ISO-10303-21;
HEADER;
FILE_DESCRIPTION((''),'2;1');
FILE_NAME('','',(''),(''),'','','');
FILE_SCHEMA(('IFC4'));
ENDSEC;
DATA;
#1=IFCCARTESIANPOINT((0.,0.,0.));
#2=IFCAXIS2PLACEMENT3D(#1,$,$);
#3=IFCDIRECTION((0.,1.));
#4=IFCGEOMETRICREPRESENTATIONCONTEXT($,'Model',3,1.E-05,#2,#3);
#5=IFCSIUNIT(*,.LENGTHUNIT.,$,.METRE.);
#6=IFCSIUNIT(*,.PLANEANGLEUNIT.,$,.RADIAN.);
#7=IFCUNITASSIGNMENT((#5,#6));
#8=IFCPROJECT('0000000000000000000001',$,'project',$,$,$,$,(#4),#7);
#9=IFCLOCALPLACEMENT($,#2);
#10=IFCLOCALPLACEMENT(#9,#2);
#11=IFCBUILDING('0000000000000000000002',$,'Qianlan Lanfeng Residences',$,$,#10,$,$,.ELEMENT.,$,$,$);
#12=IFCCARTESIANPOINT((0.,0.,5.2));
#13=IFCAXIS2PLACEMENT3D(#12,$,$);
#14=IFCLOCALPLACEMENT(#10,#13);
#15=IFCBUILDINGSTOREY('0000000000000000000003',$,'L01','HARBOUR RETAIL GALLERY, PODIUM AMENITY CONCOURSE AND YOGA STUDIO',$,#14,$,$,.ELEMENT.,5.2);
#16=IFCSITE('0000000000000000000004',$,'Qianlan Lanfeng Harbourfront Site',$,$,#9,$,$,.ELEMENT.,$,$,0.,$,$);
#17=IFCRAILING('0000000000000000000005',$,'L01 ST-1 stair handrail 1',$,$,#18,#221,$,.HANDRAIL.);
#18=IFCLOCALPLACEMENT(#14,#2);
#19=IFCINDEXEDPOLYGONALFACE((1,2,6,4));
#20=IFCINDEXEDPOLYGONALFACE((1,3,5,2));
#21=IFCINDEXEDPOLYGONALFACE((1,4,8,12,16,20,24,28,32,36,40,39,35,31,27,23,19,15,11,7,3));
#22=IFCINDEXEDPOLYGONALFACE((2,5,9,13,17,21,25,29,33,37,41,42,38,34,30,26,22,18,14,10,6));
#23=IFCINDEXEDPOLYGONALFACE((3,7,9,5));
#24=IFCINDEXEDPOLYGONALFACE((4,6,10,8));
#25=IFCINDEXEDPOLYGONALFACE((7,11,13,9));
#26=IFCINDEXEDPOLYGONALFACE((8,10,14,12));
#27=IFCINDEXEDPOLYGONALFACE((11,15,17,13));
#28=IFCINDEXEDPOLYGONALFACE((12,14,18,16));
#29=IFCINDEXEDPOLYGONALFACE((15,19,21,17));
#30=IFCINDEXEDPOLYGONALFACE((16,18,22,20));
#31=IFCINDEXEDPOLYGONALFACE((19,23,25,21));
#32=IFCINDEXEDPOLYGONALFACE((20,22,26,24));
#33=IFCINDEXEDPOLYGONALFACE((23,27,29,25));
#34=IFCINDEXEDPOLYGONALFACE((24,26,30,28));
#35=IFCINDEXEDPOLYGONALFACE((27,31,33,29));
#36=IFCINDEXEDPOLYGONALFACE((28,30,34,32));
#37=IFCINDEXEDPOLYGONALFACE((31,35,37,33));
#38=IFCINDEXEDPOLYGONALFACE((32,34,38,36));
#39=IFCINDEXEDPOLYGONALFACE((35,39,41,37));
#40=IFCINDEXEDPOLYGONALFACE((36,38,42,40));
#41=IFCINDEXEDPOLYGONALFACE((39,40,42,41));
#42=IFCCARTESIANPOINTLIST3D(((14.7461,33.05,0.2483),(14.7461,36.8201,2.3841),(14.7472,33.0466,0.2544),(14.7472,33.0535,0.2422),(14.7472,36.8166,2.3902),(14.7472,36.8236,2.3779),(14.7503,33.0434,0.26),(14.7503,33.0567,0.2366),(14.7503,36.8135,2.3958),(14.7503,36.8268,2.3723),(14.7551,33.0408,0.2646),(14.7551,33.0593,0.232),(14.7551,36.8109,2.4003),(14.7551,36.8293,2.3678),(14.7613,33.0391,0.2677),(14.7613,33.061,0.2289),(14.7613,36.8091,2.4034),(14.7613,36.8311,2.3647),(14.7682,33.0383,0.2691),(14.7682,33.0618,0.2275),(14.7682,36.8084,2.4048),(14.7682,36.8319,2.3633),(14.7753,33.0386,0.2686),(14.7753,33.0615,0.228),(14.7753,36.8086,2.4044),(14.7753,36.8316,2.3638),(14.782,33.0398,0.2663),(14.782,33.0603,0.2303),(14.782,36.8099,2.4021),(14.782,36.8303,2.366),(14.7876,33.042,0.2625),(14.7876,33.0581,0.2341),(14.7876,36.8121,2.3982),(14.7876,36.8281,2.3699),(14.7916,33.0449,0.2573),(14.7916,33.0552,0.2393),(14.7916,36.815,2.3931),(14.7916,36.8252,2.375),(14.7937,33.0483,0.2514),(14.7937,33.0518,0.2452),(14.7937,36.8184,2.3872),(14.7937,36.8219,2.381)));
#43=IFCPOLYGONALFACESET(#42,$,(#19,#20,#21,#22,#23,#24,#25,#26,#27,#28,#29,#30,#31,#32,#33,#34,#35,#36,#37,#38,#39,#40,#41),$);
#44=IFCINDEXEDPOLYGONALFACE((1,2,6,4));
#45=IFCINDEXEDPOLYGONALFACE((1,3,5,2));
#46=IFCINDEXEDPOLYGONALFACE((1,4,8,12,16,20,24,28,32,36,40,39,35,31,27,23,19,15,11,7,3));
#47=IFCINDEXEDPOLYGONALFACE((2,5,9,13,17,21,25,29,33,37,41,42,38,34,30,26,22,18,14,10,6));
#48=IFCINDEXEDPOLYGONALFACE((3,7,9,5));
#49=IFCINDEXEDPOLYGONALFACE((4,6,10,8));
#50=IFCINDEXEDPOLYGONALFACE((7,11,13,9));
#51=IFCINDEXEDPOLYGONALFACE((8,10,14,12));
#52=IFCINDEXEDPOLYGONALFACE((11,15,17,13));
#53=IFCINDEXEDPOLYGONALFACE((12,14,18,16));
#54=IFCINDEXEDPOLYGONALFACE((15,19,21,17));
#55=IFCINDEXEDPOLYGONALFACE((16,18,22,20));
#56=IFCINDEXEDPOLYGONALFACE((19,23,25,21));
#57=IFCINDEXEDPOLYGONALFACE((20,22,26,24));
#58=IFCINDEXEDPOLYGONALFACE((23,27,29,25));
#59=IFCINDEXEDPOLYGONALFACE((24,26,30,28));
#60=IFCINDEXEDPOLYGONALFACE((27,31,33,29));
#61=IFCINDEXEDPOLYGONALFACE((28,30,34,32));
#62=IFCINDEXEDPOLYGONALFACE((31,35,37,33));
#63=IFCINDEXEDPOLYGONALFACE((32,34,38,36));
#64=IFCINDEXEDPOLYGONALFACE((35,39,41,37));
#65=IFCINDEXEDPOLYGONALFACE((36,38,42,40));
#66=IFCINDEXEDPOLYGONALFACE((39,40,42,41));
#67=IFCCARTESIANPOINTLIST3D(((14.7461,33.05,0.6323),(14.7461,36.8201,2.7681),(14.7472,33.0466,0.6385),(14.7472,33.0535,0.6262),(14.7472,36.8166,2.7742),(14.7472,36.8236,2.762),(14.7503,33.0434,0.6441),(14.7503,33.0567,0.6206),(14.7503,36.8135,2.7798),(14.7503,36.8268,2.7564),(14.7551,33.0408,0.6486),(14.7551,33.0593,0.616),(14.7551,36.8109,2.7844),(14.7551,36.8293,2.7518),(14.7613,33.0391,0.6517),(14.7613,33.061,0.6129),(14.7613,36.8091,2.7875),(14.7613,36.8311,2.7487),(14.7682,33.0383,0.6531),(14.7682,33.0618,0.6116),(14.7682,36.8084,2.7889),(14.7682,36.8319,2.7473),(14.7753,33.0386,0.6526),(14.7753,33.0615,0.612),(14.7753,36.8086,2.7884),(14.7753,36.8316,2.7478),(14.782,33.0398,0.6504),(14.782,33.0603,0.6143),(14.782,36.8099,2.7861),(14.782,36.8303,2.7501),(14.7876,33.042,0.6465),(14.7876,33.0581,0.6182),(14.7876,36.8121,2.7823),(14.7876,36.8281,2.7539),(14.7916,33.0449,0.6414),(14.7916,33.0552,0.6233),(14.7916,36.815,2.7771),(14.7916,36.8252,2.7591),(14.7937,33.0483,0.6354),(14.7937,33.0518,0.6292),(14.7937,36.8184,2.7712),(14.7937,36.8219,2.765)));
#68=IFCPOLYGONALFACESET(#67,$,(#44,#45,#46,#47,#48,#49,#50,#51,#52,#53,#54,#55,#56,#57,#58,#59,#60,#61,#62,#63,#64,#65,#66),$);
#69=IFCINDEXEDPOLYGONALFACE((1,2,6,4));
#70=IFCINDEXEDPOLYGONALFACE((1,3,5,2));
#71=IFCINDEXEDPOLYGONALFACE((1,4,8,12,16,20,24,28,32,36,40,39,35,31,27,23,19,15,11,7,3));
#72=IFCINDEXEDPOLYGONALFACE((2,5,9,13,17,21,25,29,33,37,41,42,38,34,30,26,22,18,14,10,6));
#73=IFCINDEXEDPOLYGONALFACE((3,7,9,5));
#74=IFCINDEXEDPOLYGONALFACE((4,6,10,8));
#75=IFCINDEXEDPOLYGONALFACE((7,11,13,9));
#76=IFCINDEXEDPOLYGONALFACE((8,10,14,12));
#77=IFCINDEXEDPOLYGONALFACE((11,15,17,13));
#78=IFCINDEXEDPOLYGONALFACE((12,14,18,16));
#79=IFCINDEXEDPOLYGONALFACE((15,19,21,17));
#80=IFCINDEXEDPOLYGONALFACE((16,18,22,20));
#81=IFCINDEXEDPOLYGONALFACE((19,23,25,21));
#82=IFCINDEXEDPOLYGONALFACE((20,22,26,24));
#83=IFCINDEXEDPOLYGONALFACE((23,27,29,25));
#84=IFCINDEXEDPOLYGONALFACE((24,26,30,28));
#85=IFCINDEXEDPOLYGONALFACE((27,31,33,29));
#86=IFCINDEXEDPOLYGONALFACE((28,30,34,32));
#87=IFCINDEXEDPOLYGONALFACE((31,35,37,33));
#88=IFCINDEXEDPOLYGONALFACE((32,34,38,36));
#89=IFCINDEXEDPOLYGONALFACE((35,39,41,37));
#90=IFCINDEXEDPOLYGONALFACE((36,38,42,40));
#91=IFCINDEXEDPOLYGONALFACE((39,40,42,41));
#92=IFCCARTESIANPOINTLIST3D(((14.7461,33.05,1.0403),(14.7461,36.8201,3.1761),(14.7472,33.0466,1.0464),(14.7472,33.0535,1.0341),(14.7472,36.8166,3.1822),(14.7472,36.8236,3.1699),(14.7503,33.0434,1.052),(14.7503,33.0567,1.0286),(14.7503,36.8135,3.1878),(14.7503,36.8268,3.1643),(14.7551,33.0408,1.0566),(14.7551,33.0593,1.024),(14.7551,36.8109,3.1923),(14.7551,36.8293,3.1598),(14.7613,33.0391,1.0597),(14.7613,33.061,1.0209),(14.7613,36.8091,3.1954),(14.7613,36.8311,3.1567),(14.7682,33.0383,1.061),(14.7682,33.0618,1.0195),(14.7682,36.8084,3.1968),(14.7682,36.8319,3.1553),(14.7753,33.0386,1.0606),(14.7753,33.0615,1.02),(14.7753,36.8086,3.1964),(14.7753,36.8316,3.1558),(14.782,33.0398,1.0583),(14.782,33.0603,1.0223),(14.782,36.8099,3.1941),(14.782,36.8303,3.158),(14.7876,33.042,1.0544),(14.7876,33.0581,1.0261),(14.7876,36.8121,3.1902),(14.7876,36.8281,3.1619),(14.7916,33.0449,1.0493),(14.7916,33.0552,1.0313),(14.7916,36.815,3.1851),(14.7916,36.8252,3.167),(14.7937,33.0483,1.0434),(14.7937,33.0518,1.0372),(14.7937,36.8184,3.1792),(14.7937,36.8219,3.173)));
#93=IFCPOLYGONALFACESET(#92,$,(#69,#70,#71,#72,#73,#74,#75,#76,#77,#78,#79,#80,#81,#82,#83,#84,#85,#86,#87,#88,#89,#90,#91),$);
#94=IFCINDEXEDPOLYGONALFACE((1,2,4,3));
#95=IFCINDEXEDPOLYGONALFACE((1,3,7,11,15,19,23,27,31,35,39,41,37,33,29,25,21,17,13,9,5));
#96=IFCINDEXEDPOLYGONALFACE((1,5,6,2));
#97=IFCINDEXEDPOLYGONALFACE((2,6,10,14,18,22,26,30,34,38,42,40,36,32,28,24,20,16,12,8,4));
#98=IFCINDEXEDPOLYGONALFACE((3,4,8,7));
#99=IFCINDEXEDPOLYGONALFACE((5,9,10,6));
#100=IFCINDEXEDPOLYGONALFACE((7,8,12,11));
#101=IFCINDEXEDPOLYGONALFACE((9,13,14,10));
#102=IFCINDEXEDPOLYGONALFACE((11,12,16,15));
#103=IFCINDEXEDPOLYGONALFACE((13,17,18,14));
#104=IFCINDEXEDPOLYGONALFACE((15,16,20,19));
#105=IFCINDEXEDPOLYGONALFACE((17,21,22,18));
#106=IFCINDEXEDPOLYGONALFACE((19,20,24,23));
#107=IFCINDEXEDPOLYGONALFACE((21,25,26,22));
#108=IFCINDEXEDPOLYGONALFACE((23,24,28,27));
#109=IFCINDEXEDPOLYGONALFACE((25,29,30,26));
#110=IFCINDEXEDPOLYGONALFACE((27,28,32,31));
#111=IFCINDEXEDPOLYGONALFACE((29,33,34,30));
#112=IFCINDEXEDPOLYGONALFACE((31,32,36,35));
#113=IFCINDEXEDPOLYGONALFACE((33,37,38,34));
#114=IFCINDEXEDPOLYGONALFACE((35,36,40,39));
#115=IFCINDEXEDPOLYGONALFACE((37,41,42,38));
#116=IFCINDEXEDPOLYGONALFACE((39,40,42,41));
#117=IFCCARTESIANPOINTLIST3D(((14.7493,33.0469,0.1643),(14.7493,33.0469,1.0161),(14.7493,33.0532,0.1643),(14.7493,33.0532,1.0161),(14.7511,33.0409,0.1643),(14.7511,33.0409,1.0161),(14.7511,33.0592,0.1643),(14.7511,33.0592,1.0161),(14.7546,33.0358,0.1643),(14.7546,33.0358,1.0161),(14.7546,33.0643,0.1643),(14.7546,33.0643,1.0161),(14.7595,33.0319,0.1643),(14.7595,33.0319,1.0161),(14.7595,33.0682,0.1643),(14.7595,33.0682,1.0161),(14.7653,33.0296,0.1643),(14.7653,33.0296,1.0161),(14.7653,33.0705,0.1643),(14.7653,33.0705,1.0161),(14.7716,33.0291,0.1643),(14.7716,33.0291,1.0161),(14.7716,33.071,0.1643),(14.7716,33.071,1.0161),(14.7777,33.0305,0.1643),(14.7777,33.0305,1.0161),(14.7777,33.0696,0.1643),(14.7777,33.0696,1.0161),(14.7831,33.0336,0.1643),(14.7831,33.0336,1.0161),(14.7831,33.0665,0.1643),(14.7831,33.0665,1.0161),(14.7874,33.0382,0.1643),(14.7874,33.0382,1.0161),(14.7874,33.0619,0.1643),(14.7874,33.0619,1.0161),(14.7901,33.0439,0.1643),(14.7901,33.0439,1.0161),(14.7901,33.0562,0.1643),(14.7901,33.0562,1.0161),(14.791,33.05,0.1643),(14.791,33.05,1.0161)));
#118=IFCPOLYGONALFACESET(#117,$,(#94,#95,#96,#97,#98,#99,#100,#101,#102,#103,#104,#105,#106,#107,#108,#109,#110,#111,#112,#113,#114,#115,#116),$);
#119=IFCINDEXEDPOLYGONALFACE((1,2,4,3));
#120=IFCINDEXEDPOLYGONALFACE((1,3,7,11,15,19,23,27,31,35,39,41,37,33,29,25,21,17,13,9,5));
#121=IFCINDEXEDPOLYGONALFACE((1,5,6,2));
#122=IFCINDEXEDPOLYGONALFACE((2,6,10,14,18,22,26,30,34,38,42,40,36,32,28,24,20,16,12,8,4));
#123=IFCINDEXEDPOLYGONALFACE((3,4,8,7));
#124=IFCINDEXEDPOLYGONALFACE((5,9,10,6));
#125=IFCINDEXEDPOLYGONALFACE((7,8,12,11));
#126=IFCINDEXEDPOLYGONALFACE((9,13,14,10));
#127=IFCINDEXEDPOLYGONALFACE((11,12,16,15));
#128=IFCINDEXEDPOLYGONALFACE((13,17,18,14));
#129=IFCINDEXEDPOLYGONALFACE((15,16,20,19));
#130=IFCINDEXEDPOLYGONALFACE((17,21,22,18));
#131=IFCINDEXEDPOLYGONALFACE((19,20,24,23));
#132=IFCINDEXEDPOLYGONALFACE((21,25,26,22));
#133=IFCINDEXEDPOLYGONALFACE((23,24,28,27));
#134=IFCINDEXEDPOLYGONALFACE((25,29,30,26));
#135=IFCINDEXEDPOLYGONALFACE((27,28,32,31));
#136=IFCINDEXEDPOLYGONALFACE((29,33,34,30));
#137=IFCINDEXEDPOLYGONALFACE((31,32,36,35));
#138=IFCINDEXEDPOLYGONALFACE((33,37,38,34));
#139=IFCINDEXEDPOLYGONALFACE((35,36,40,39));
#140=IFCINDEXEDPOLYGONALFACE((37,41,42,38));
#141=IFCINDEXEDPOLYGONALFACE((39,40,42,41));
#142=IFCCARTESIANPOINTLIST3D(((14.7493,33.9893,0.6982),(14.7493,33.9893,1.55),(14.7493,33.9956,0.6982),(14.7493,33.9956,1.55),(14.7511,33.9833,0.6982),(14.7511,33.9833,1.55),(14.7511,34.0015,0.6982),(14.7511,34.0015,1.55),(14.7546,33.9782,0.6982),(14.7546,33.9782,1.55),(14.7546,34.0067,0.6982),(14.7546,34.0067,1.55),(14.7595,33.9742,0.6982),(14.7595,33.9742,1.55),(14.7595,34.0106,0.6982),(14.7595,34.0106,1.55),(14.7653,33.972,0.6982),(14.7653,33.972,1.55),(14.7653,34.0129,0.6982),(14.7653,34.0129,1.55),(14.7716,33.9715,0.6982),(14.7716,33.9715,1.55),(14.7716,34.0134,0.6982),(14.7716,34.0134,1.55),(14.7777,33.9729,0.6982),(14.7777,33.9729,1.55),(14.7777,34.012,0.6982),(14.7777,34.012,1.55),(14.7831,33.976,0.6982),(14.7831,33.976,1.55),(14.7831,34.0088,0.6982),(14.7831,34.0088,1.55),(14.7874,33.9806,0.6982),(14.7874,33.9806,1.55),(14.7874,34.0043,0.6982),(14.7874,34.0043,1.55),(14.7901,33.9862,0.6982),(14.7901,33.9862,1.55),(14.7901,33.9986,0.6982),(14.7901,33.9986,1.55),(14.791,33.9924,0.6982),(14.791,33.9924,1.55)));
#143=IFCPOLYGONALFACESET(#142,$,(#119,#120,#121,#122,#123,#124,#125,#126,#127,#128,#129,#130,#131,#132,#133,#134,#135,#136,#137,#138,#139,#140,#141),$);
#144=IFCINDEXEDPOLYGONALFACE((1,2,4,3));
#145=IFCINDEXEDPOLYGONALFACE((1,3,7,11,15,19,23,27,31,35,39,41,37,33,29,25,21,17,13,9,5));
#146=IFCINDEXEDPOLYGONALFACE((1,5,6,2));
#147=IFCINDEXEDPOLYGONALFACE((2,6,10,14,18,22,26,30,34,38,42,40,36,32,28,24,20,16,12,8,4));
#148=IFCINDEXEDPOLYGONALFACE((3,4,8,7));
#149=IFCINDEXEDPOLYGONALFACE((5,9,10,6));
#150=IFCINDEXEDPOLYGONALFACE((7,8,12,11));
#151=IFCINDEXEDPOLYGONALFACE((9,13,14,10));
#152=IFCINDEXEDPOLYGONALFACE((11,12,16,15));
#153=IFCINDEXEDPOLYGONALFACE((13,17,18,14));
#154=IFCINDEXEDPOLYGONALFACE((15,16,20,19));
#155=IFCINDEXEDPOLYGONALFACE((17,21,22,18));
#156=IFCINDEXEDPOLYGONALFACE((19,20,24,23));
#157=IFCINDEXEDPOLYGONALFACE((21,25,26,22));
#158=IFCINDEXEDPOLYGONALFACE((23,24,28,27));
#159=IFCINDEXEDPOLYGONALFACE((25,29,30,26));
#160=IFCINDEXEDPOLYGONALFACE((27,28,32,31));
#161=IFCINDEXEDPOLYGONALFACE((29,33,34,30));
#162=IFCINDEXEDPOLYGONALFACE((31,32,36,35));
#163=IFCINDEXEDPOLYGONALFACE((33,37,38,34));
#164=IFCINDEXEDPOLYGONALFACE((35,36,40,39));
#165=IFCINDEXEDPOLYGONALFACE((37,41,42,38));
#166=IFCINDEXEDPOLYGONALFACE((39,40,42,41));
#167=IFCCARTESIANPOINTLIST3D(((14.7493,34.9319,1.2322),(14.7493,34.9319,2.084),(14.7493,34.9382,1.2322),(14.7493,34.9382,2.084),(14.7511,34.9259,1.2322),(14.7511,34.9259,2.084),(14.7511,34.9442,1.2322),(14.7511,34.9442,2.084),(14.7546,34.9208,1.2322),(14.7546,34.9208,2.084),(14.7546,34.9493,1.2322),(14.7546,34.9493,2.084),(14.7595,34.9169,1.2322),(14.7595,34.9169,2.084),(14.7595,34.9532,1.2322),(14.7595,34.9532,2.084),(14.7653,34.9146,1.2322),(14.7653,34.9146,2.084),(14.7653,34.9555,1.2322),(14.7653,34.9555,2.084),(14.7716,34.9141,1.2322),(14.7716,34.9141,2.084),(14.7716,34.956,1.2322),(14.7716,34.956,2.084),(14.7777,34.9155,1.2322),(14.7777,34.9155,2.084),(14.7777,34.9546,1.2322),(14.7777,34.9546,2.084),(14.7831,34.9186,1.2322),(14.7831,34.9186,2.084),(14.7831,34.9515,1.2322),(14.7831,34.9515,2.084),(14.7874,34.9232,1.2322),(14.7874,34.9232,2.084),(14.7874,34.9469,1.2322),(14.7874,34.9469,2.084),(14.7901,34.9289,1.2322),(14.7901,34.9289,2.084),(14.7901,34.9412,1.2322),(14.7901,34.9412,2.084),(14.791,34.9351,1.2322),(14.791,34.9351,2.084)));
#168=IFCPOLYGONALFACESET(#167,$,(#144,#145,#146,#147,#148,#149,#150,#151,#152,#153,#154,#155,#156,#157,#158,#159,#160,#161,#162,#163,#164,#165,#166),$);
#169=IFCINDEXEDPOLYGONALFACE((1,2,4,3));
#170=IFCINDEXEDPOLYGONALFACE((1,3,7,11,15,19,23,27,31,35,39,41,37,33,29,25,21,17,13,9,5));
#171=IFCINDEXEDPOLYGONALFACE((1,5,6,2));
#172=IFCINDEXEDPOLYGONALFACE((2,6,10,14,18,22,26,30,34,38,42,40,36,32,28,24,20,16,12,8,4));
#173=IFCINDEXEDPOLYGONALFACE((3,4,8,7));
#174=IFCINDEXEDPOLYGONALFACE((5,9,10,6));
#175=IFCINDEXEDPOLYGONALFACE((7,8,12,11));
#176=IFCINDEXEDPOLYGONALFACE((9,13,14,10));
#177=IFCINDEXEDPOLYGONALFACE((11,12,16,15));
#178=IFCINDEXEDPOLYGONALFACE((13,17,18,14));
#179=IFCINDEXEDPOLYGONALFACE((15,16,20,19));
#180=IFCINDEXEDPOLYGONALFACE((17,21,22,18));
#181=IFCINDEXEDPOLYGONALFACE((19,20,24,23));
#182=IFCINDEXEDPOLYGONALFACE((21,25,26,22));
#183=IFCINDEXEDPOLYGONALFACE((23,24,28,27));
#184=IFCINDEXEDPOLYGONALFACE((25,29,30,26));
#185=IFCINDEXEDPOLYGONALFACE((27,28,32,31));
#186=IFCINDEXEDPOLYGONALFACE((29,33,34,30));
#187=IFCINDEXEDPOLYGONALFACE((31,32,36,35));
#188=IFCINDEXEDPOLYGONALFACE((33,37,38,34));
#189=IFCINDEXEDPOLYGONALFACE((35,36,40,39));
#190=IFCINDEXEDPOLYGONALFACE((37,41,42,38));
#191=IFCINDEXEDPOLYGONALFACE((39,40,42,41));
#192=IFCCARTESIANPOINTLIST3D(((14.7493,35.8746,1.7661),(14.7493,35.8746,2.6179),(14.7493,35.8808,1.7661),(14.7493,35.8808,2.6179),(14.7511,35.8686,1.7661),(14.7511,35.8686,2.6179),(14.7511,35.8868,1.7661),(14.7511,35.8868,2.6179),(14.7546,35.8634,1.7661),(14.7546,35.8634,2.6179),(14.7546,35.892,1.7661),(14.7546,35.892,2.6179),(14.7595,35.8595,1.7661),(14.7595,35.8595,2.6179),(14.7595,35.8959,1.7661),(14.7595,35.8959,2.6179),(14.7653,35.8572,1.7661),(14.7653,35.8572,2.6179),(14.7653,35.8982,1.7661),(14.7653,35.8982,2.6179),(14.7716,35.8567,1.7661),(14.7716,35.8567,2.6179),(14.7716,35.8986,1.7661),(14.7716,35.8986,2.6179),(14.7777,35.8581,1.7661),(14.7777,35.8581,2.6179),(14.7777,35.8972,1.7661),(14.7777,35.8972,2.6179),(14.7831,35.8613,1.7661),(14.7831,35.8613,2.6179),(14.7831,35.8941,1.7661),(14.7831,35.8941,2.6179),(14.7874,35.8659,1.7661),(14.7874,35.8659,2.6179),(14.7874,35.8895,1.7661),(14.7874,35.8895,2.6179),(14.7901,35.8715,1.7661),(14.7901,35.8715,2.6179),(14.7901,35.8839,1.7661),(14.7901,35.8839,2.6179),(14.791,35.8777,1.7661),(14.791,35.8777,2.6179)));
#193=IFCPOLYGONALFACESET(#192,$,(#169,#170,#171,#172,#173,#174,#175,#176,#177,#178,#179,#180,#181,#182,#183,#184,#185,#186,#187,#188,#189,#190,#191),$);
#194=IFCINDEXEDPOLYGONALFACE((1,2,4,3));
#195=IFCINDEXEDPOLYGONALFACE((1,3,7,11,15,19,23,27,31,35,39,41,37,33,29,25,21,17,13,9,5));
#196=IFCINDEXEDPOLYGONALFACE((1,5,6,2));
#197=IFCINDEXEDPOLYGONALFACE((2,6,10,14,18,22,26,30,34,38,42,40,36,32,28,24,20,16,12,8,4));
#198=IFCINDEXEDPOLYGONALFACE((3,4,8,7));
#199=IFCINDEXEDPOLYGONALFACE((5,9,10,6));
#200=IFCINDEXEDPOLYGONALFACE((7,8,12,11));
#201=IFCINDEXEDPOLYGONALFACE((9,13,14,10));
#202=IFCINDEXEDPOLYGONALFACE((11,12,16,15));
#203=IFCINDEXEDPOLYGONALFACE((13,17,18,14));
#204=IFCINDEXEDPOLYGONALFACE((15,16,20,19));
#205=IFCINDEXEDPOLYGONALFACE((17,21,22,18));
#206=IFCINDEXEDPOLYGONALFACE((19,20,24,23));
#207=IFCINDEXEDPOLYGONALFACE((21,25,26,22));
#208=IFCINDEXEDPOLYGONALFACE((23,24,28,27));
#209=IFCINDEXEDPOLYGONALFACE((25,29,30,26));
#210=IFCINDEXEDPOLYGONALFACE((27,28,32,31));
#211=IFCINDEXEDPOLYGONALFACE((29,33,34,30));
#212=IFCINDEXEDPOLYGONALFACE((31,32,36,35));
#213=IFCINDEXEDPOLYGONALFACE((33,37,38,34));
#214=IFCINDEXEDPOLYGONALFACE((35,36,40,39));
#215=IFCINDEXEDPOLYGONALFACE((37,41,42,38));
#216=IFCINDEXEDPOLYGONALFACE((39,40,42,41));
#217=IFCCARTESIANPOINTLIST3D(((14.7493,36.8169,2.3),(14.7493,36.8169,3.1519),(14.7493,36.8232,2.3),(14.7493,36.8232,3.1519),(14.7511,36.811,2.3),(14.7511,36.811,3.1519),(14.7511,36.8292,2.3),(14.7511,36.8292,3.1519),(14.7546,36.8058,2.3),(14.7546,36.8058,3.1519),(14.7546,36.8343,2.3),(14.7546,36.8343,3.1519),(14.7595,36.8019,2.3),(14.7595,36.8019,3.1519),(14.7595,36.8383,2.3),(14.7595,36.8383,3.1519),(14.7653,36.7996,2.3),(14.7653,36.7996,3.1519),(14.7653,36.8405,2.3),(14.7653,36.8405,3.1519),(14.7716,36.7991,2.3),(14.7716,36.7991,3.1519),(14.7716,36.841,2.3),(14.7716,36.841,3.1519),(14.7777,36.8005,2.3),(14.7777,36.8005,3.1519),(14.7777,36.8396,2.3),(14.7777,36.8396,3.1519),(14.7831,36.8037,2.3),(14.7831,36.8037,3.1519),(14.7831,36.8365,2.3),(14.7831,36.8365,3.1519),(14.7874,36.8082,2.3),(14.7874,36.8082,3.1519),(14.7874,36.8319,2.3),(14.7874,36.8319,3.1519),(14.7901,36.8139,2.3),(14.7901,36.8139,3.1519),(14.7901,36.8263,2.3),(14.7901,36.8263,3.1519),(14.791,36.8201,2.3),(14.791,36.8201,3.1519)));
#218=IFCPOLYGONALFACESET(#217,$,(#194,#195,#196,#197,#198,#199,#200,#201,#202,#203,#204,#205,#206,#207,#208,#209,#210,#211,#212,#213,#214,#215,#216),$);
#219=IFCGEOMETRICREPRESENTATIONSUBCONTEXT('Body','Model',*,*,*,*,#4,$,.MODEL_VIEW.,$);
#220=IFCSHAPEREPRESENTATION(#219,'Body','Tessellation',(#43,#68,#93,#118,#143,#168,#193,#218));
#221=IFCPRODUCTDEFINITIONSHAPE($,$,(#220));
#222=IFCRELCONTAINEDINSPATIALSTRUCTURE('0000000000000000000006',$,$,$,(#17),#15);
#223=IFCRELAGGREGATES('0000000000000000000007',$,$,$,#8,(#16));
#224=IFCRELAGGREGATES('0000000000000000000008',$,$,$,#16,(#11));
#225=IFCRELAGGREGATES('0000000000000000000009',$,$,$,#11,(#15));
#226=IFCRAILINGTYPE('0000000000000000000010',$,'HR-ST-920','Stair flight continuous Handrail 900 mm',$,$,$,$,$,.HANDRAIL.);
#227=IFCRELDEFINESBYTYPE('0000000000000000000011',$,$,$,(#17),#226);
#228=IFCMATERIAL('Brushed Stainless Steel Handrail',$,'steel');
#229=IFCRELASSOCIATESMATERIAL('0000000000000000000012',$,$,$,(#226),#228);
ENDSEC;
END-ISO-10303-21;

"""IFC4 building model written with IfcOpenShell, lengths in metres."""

from ifc_helpers import new_model, si_unit, direction, frame, origin, origin_2d, place, context, subcontext, project, spatial, circle, extrude, material, type_object, element, save


model = new_model("IFC4")

# Units and contexts
model_context = context("Model", 3, precision=1e-05, world=origin(), true_north=direction((0.0, 1.0)))
body_context = subcontext(model_context, "Body", "Model", "MODEL_VIEW")
ifc_project = project(units=[si_unit("LENGTHUNIT", "METRE"), si_unit("PLANEANGLEUNIT", "RADIAN")], contexts=[model_context])

# Site, building, storey
site_placement = place(None, origin())
site = spatial("IfcSite", under=ifc_project, at=site_placement, Name="Qianlan Lanfeng Harbourfront Site", CompositionType="ELEMENT", RefElevation=0.0)
building_placement = place(site_placement, origin())
building = spatial("IfcBuilding", under=site, at=building_placement, Name="Qianlan Lanfeng Residences", CompositionType="ELEMENT")
storey_placement = place(building_placement, frame((0.0, 0.0, 5.2)))
storey = spatial("IfcBuildingStorey", under=building, at=storey_placement, Name="L01", Description="HARBOUR RETAIL GALLERY, PODIUM AMENITY CONCOURSE AND YOGA STUDIO", CompositionType="ELEMENT", Elevation=5.2)

# Railing
ifc_material_1 = material(Name="Brushed Stainless Steel Handrail", Category="steel")
railing_type = type_object("IfcRailingType", Name="HR-ST-920", Description="Stair flight continuous Handrail 900 mm", PredefinedType="HANDRAIL", material=ifc_material_1)
railing_placement = place(storey_placement, frame((14.77, 33.05, 0.1643)))
element("IfcRailing", 1, at=railing_placement, inside=storey, type_object=railing_type, Name="L01 ST-1 stair handrail 1", PredefinedType="HANDRAIL", context=body_context, shape_type="SweptSolid", body=[
    extrude(circle(Radius=0.0239, at=origin_2d()), frame((0.0, 0.0, 0.084), z_axis=(0.0, 0.870082, 0.492907), x_axis=(-1.0, 0.0, 0.0)), (0.0, 0.0, 1.0), 4.333),
    extrude(circle(Radius=0.0239, at=origin_2d()), frame((0.0, 0.0, 0.468), z_axis=(0.0, 0.870082, 0.492907), x_axis=(-1.0, 0.0, 0.0)), (0.0, 0.0, 1.0), 4.333),
    extrude(circle(Radius=0.0239, at=origin_2d()), frame((0.0, 0.0, 0.876), z_axis=(0.0, 0.870082, 0.492907), x_axis=(-1.0, 0.0, 0.0)), (0.0, 0.0, 1.0), 4.333),
    extrude(circle(Radius=0.021, at=origin_2d()), origin(), (0.0, 0.0, 1.0), 0.8518),
    extrude(circle(Radius=0.021, at=origin_2d()), frame((0.0, 0.9424, 0.5339)), (0.0, 0.0, 1.0), 0.8518),
    extrude(circle(Radius=0.021, at=origin_2d()), frame((0.0, 1.885, 1.0679)), (0.0, 0.0, 1.0), 0.8518),
    extrude(circle(Radius=0.021, at=origin_2d()), frame((0.0, 2.8276, 1.6018)), (0.0, 0.0, 1.0), 0.8518),
    extrude(circle(Radius=0.021, at=origin_2d()), frame((0.0, 3.77, 2.1357)), (0.0, 0.0, 1.0), 0.8518),
])

save(model, "model.ifc")
